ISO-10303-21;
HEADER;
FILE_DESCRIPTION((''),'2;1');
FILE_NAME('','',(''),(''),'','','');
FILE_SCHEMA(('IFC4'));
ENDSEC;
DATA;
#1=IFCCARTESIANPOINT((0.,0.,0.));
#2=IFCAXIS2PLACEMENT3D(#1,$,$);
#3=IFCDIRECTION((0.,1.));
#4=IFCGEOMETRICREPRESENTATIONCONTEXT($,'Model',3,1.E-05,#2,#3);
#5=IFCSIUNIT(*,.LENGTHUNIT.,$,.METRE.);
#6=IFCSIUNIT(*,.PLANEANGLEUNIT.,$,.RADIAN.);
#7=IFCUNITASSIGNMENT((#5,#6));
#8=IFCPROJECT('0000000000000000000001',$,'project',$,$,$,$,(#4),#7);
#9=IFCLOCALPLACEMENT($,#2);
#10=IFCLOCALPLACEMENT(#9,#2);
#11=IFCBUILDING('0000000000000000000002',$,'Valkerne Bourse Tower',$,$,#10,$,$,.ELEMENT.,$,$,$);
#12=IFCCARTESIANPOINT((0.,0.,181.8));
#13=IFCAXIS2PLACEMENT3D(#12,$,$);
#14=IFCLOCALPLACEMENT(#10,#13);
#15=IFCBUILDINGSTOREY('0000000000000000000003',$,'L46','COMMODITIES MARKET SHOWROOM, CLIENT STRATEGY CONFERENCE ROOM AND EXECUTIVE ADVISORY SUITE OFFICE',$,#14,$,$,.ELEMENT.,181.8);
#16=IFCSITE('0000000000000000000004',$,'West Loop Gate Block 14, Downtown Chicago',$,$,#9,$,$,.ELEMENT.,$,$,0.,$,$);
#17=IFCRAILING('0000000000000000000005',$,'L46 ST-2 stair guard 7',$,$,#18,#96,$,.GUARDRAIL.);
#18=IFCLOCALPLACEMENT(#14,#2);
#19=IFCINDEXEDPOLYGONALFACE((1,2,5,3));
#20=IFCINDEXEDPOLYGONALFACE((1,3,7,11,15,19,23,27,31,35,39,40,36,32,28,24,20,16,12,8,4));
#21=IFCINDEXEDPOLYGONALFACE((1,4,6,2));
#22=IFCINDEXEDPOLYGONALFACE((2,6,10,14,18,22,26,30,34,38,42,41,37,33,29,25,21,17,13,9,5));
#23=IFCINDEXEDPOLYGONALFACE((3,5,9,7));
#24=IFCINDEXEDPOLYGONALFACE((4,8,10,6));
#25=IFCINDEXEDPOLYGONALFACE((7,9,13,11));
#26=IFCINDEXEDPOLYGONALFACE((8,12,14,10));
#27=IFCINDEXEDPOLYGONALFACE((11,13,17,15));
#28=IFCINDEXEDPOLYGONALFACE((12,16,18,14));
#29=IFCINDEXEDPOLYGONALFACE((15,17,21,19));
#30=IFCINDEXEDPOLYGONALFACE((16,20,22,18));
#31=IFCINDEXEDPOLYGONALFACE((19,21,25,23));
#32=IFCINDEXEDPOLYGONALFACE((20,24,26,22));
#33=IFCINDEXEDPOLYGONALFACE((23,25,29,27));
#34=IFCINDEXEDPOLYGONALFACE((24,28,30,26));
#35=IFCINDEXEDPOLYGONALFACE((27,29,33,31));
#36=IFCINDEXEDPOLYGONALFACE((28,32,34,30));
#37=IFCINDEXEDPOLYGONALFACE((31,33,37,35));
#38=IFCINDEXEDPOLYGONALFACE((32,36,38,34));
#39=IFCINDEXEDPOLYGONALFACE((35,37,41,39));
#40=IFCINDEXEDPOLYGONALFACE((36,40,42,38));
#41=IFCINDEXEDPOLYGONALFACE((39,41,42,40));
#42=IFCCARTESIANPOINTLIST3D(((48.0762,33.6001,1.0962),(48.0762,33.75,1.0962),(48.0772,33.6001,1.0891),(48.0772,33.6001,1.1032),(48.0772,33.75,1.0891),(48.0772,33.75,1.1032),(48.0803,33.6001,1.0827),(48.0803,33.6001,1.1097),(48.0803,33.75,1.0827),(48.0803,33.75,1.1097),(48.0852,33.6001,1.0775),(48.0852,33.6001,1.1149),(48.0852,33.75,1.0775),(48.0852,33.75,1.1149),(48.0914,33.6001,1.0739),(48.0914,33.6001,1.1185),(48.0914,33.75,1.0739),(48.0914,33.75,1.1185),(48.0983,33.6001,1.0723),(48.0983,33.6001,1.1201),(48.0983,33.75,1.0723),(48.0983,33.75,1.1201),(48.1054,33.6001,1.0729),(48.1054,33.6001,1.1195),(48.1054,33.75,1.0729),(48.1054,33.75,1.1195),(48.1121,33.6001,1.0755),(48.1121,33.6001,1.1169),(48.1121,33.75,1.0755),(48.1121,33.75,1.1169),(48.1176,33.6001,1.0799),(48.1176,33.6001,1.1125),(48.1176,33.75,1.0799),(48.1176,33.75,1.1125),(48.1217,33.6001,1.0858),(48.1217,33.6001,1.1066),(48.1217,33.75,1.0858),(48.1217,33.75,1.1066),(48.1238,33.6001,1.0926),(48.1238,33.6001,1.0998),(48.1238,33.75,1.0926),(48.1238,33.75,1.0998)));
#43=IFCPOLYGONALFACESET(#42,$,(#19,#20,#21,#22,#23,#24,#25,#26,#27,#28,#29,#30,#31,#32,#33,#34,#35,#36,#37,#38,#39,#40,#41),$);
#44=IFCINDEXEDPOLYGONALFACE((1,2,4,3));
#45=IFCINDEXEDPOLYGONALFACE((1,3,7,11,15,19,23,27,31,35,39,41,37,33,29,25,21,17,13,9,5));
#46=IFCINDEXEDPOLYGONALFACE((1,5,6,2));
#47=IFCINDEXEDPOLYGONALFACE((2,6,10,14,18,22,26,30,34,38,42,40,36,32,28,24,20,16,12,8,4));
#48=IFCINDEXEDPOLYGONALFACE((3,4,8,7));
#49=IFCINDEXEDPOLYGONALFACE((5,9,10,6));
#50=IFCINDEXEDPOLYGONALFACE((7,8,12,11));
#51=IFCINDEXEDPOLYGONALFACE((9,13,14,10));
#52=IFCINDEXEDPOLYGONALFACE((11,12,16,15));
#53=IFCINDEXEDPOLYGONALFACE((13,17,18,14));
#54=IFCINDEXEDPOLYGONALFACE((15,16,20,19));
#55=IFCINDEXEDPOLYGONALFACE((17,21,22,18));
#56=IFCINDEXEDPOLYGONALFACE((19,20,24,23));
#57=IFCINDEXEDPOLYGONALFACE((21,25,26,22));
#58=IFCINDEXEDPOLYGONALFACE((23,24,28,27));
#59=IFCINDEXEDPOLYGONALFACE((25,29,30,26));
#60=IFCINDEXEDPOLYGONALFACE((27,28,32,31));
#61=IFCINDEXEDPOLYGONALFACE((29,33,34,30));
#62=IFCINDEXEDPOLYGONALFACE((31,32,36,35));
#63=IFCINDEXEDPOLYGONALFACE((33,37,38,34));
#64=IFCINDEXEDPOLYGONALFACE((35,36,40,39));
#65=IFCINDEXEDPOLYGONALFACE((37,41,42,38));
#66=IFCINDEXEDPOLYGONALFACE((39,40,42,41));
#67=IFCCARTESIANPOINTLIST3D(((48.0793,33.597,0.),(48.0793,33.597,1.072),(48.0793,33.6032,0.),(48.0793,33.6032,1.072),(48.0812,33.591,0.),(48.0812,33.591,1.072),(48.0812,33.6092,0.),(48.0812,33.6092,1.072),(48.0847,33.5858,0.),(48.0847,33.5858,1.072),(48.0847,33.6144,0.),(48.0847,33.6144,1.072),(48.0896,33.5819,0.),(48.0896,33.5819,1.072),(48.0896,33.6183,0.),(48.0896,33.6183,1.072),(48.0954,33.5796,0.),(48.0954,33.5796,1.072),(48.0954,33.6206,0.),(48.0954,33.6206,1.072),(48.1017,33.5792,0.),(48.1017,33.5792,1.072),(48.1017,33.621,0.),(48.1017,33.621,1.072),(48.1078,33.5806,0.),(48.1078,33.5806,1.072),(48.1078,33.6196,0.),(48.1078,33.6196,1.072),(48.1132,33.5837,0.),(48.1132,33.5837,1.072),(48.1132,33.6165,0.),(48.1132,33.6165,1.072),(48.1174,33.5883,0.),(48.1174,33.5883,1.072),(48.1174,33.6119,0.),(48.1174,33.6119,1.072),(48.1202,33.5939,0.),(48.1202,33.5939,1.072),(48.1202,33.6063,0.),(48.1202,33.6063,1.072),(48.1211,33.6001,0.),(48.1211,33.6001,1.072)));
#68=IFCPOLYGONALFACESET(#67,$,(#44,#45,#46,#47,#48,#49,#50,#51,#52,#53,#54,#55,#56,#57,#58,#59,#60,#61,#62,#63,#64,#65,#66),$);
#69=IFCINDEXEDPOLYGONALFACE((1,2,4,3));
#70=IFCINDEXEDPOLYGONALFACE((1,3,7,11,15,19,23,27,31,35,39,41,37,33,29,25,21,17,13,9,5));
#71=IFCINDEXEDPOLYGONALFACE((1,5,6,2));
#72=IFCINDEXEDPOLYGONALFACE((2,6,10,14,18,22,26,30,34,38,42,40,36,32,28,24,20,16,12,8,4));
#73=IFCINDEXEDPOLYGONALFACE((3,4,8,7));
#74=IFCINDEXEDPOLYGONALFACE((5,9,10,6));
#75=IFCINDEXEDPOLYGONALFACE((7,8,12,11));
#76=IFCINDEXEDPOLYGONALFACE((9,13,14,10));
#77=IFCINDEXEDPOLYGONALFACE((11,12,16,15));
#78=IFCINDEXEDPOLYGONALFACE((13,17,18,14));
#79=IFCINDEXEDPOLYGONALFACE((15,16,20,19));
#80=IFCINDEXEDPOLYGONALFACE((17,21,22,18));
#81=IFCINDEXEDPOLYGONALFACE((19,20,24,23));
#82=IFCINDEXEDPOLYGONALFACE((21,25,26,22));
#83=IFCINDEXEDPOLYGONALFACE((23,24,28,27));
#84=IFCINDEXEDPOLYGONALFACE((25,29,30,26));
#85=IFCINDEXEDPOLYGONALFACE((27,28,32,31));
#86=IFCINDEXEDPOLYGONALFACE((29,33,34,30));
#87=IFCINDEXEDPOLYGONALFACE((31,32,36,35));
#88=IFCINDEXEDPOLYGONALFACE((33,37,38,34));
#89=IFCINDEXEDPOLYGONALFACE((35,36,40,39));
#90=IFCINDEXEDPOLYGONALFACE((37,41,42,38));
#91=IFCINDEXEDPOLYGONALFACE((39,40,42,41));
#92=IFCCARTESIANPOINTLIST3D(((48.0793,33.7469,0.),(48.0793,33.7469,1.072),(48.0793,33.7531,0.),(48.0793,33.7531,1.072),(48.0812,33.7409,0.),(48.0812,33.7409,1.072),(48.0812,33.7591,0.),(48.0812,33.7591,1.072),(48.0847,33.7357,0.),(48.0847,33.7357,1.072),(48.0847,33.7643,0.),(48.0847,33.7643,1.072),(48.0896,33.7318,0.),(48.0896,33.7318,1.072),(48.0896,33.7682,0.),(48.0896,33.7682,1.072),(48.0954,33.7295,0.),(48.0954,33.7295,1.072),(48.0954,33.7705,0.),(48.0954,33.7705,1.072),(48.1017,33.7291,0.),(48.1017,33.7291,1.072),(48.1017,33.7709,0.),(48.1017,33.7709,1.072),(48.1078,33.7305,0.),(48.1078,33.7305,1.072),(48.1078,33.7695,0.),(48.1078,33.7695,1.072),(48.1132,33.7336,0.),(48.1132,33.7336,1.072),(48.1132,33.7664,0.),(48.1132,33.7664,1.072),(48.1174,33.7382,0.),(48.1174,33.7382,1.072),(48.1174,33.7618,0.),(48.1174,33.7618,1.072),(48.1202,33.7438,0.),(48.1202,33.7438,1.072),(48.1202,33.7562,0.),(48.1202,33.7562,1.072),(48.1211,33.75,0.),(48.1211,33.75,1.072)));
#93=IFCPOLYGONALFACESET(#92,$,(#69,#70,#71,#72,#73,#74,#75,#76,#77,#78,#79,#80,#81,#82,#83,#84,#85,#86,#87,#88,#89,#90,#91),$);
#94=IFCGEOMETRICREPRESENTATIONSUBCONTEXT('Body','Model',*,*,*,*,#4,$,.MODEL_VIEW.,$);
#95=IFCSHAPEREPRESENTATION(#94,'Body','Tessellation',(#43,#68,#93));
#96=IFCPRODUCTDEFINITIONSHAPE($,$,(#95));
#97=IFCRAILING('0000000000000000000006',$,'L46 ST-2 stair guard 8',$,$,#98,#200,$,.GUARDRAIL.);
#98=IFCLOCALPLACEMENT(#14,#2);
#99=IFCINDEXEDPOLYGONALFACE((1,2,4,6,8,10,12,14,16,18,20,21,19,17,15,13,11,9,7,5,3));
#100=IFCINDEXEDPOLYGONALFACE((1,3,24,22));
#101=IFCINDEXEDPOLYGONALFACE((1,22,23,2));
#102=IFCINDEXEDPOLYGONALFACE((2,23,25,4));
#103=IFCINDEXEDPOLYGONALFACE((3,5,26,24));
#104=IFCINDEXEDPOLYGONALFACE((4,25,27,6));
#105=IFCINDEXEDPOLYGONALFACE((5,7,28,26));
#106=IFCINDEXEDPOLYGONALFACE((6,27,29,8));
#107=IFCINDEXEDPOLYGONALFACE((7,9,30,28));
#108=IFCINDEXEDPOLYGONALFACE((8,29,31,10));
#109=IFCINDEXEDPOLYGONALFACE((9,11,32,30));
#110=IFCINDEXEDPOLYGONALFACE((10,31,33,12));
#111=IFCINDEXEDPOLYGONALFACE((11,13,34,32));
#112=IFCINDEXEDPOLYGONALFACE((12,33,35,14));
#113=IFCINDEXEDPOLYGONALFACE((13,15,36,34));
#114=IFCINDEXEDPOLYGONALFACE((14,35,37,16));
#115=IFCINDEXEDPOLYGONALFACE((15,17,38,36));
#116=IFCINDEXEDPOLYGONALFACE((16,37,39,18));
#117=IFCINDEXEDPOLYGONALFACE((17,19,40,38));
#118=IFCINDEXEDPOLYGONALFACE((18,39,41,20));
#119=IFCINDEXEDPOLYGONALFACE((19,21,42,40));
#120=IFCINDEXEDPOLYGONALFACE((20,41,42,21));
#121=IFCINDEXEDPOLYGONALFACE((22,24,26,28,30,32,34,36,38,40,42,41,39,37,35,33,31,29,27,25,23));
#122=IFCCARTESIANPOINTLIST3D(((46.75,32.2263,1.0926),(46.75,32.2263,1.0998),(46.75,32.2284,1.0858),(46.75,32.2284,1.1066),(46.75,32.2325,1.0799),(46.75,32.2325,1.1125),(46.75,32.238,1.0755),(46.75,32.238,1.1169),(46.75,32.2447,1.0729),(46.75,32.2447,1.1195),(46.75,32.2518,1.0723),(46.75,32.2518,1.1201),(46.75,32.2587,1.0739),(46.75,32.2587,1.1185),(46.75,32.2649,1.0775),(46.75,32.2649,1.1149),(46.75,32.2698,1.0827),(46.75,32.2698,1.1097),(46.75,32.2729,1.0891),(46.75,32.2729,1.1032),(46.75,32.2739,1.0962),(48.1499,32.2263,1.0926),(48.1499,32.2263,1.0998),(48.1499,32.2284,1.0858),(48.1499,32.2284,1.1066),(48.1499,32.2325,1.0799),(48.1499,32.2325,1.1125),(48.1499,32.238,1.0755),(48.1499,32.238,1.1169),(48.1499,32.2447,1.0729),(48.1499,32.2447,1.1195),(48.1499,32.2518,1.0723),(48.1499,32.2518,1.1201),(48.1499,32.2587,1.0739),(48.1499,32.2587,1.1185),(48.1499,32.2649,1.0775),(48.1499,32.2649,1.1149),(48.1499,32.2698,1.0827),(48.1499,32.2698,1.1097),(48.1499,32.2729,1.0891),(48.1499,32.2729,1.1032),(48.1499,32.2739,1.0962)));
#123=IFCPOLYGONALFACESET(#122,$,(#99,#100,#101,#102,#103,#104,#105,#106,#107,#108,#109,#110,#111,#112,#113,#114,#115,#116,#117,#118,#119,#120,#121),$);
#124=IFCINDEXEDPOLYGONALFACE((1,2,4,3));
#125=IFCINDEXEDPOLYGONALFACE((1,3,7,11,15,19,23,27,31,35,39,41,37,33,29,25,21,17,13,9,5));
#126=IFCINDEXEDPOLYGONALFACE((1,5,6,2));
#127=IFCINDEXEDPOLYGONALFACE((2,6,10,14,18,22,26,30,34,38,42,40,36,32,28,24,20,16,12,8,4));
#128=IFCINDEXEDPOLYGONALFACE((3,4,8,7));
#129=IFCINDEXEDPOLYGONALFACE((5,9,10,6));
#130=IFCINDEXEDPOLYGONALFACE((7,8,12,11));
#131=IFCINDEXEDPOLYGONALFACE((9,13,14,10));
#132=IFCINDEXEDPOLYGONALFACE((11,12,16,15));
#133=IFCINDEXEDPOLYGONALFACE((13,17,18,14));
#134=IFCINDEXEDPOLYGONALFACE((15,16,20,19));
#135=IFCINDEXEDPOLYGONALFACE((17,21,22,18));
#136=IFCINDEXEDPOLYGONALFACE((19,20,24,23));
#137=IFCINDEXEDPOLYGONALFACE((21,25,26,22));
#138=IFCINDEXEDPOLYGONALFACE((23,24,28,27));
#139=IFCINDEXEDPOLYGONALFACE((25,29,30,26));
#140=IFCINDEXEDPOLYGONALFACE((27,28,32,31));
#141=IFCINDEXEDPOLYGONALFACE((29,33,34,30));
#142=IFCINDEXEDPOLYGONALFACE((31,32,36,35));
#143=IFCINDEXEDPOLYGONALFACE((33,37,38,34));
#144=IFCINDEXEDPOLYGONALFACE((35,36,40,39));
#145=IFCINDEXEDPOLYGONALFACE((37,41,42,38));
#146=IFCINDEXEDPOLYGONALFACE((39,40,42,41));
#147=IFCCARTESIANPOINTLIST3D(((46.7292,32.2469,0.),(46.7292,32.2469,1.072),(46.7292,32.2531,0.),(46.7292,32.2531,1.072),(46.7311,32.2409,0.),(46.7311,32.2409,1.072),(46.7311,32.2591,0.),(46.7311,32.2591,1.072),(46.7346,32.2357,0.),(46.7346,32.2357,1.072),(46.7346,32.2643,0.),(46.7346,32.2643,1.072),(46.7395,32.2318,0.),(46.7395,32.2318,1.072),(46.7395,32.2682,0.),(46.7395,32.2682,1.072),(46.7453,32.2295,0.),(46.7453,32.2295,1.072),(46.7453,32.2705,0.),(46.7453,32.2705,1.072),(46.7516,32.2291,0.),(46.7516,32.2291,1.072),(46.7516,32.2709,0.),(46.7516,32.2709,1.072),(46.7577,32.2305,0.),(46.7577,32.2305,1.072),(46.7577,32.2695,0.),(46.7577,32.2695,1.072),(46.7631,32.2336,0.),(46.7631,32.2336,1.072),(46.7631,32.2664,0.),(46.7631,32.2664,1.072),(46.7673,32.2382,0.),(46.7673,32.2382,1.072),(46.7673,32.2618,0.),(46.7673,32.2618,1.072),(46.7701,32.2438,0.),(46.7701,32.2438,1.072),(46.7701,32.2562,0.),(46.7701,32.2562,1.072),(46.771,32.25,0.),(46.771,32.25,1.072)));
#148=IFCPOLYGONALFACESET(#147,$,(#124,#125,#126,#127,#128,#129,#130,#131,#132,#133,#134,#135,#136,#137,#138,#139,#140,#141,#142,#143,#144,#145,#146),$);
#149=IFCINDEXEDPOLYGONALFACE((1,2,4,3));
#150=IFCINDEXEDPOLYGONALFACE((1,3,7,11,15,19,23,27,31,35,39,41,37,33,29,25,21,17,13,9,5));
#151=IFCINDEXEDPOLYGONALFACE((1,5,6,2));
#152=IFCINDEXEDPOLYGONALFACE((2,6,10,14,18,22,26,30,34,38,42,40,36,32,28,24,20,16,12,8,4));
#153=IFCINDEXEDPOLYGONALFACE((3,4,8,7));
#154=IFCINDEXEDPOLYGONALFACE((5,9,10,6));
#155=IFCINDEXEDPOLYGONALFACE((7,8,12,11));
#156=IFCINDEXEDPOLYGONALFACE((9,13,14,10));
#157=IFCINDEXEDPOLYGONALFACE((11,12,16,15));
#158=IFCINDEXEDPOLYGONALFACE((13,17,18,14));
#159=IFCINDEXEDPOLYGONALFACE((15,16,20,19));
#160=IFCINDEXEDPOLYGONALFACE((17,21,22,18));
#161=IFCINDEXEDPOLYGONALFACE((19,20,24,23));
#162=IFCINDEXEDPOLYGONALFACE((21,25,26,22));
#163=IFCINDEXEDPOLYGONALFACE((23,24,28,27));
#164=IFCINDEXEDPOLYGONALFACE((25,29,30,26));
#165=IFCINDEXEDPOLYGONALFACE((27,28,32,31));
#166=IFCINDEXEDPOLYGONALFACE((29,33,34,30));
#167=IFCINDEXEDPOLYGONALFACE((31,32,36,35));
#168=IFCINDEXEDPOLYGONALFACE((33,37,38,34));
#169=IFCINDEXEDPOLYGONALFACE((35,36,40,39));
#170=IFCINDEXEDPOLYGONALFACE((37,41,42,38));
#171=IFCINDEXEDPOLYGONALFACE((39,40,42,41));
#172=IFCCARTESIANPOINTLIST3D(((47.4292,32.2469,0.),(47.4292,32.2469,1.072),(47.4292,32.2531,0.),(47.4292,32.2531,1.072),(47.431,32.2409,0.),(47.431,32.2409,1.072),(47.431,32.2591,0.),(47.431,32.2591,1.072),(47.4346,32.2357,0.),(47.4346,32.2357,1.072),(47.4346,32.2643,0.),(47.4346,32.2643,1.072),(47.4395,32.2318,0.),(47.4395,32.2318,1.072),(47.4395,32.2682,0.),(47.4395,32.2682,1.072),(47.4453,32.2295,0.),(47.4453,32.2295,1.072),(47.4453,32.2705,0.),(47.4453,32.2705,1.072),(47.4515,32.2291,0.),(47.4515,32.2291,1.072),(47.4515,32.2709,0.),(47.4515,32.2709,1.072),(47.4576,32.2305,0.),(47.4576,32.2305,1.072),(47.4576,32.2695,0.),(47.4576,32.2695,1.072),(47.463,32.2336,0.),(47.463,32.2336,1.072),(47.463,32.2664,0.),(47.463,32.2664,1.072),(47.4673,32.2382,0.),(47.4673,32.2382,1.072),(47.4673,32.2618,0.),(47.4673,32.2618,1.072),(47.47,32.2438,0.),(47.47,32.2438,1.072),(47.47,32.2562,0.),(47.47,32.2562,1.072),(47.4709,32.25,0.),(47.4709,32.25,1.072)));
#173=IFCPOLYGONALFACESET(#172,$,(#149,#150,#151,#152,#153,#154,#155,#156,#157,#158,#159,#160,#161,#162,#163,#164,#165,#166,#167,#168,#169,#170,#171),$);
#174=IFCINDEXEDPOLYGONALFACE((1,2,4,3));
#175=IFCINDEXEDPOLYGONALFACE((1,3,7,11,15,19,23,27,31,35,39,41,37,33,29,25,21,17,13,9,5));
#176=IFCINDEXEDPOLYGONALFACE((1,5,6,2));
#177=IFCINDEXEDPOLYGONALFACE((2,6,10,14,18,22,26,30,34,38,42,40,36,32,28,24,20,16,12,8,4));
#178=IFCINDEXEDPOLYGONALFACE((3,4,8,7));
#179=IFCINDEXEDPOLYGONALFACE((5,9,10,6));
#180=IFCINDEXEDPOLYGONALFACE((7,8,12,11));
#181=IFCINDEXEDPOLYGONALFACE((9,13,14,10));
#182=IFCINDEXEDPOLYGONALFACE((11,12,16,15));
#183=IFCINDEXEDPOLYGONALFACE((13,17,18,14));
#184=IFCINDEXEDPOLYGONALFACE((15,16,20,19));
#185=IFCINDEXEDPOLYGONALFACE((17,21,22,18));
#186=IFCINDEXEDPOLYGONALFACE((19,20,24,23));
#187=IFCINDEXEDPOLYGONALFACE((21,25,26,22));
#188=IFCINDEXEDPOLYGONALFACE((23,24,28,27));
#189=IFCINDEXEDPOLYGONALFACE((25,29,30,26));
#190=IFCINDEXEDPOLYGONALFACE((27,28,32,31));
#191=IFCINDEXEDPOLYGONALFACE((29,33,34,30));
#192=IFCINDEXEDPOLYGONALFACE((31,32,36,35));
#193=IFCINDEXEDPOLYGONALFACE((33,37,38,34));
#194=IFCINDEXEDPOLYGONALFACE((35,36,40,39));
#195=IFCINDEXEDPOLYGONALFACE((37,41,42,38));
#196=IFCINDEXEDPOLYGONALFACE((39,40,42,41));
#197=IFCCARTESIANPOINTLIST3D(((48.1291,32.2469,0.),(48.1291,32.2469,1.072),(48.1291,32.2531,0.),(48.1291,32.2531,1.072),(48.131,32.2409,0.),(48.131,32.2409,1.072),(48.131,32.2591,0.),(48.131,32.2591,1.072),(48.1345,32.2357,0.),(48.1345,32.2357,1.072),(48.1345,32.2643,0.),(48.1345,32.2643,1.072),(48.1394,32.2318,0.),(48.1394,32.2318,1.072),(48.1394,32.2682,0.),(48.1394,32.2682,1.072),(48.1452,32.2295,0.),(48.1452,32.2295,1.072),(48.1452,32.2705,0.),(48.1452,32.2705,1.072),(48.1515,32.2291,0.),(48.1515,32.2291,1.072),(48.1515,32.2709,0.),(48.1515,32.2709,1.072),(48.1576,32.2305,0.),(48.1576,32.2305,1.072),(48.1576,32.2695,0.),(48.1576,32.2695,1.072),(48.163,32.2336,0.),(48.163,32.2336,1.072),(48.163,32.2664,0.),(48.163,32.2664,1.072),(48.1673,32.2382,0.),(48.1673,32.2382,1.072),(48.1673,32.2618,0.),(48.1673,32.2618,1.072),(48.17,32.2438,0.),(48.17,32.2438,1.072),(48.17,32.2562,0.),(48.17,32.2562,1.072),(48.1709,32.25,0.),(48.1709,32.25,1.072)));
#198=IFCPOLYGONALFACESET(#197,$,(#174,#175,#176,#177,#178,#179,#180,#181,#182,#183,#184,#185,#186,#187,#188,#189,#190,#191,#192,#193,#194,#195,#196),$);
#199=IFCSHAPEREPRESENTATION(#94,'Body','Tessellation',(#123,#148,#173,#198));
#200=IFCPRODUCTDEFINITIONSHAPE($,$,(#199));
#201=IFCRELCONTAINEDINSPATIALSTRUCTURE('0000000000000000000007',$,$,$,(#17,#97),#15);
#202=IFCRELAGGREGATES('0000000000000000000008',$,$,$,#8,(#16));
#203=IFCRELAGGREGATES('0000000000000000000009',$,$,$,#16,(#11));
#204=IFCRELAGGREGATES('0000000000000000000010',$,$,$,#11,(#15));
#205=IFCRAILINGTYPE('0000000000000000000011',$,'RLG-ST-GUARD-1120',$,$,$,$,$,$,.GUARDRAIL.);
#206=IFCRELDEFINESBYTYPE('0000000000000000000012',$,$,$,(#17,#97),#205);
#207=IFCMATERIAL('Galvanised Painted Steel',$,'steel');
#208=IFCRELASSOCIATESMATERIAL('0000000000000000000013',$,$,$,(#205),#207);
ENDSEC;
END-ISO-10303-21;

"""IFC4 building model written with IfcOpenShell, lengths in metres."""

from ifc_helpers import new_model, si_unit, direction, frame, origin, origin_2d, place, context, subcontext, project, spatial, circle, extrude, material, type_object, element, save


model = new_model("IFC4")

# Units and contexts
model_context = context("Model", 3, precision=1e-05, world=origin(), true_north=direction((0.0, 1.0)))
body_context = subcontext(model_context, "Body", "Model", "MODEL_VIEW")
ifc_project = project(units=[si_unit("LENGTHUNIT", "METRE"), si_unit("PLANEANGLEUNIT", "RADIAN")], contexts=[model_context])

# Site, building, storey
site_placement = place(None, origin())
site = spatial("IfcSite", under=ifc_project, at=site_placement, Name="West Loop Gate Block 14, Downtown Chicago", CompositionType="ELEMENT", RefElevation=0.0)
building_placement = place(site_placement, origin())
building = spatial("IfcBuilding", under=site, at=building_placement, Name="Valkerne Bourse Tower", CompositionType="ELEMENT")
storey_placement = place(building_placement, frame((0.0, 0.0, 181.8)))
storey = spatial("IfcBuildingStorey", under=building, at=storey_placement, Name="L46", Description="COMMODITIES MARKET SHOWROOM, CLIENT STRATEGY CONFERENCE ROOM AND EXECUTIVE ADVISORY SUITE OFFICE", CompositionType="ELEMENT", Elevation=181.8)

# Shared definitions
ifc_material_1 = material(Name="Galvanised Painted Steel", Category="steel")

# Railings
railing_type_1 = type_object("IfcRailingType", Name="RLG-ST-GUARD-1120", PredefinedType="GUARDRAIL", material=ifc_material_1)
railing_1_placement = place(storey_placement, frame((48.1001, 33.6001, 0.0)))
element("IfcRailing", 1, at=railing_1_placement, inside=storey, type_object=railing_type_1, Name="L46 ST-2 stair guard 7", PredefinedType="GUARDRAIL", context=body_context, shape_type="SweptSolid", body=[
    extrude(circle(Radius=0.0239, at=origin_2d()), frame((0.0, 0.0, 1.0962), z_axis=(0.0, 1.0, 0.0), x_axis=(-1.0, 0.0, 0.0)), (0.0, 0.0, 1.0), 0.1499),
    extrude(circle(Radius=0.021, at=origin_2d()), origin(), (0.0, 0.0, 1.0), 1.072),
    extrude(circle(Radius=0.021, at=origin_2d()), frame((0.0, 0.1499, 0.0)), (0.0, 0.0, 1.0), 1.072),
])
for number, where, name in (
    (2, (46.75, 32.25, 0.0), "L46 ST-2 stair guard 8"),
):
    element("IfcRailing", number, at=place(storey_placement, frame(where)), inside=storey, type_object=railing_type_1, Name=name, PredefinedType="GUARDRAIL", context=body_context, shape_type="SweptSolid", body=[
        extrude(circle(Radius=0.0239, at=origin_2d()), frame((0.0, 0.0, 1.0962), z_axis=(1.0, 0.0, 0.0), x_axis=(0.0, 1.0, 0.0)), (0.0, 0.0, 1.0), 1.3999),
        extrude(circle(Radius=0.021, at=origin_2d()), origin(), (0.0, 0.0, 1.0), 1.072),
        extrude(circle(Radius=0.021, at=origin_2d()), frame((0.7, 0.0, 0.0)), (0.0, 0.0, 1.0), 1.072),
        extrude(circle(Radius=0.021, at=origin_2d()), frame((1.3999, 0.0, 0.0)), (0.0, 0.0, 1.0), 1.072),
    ])

save(model, "model.ifc")
